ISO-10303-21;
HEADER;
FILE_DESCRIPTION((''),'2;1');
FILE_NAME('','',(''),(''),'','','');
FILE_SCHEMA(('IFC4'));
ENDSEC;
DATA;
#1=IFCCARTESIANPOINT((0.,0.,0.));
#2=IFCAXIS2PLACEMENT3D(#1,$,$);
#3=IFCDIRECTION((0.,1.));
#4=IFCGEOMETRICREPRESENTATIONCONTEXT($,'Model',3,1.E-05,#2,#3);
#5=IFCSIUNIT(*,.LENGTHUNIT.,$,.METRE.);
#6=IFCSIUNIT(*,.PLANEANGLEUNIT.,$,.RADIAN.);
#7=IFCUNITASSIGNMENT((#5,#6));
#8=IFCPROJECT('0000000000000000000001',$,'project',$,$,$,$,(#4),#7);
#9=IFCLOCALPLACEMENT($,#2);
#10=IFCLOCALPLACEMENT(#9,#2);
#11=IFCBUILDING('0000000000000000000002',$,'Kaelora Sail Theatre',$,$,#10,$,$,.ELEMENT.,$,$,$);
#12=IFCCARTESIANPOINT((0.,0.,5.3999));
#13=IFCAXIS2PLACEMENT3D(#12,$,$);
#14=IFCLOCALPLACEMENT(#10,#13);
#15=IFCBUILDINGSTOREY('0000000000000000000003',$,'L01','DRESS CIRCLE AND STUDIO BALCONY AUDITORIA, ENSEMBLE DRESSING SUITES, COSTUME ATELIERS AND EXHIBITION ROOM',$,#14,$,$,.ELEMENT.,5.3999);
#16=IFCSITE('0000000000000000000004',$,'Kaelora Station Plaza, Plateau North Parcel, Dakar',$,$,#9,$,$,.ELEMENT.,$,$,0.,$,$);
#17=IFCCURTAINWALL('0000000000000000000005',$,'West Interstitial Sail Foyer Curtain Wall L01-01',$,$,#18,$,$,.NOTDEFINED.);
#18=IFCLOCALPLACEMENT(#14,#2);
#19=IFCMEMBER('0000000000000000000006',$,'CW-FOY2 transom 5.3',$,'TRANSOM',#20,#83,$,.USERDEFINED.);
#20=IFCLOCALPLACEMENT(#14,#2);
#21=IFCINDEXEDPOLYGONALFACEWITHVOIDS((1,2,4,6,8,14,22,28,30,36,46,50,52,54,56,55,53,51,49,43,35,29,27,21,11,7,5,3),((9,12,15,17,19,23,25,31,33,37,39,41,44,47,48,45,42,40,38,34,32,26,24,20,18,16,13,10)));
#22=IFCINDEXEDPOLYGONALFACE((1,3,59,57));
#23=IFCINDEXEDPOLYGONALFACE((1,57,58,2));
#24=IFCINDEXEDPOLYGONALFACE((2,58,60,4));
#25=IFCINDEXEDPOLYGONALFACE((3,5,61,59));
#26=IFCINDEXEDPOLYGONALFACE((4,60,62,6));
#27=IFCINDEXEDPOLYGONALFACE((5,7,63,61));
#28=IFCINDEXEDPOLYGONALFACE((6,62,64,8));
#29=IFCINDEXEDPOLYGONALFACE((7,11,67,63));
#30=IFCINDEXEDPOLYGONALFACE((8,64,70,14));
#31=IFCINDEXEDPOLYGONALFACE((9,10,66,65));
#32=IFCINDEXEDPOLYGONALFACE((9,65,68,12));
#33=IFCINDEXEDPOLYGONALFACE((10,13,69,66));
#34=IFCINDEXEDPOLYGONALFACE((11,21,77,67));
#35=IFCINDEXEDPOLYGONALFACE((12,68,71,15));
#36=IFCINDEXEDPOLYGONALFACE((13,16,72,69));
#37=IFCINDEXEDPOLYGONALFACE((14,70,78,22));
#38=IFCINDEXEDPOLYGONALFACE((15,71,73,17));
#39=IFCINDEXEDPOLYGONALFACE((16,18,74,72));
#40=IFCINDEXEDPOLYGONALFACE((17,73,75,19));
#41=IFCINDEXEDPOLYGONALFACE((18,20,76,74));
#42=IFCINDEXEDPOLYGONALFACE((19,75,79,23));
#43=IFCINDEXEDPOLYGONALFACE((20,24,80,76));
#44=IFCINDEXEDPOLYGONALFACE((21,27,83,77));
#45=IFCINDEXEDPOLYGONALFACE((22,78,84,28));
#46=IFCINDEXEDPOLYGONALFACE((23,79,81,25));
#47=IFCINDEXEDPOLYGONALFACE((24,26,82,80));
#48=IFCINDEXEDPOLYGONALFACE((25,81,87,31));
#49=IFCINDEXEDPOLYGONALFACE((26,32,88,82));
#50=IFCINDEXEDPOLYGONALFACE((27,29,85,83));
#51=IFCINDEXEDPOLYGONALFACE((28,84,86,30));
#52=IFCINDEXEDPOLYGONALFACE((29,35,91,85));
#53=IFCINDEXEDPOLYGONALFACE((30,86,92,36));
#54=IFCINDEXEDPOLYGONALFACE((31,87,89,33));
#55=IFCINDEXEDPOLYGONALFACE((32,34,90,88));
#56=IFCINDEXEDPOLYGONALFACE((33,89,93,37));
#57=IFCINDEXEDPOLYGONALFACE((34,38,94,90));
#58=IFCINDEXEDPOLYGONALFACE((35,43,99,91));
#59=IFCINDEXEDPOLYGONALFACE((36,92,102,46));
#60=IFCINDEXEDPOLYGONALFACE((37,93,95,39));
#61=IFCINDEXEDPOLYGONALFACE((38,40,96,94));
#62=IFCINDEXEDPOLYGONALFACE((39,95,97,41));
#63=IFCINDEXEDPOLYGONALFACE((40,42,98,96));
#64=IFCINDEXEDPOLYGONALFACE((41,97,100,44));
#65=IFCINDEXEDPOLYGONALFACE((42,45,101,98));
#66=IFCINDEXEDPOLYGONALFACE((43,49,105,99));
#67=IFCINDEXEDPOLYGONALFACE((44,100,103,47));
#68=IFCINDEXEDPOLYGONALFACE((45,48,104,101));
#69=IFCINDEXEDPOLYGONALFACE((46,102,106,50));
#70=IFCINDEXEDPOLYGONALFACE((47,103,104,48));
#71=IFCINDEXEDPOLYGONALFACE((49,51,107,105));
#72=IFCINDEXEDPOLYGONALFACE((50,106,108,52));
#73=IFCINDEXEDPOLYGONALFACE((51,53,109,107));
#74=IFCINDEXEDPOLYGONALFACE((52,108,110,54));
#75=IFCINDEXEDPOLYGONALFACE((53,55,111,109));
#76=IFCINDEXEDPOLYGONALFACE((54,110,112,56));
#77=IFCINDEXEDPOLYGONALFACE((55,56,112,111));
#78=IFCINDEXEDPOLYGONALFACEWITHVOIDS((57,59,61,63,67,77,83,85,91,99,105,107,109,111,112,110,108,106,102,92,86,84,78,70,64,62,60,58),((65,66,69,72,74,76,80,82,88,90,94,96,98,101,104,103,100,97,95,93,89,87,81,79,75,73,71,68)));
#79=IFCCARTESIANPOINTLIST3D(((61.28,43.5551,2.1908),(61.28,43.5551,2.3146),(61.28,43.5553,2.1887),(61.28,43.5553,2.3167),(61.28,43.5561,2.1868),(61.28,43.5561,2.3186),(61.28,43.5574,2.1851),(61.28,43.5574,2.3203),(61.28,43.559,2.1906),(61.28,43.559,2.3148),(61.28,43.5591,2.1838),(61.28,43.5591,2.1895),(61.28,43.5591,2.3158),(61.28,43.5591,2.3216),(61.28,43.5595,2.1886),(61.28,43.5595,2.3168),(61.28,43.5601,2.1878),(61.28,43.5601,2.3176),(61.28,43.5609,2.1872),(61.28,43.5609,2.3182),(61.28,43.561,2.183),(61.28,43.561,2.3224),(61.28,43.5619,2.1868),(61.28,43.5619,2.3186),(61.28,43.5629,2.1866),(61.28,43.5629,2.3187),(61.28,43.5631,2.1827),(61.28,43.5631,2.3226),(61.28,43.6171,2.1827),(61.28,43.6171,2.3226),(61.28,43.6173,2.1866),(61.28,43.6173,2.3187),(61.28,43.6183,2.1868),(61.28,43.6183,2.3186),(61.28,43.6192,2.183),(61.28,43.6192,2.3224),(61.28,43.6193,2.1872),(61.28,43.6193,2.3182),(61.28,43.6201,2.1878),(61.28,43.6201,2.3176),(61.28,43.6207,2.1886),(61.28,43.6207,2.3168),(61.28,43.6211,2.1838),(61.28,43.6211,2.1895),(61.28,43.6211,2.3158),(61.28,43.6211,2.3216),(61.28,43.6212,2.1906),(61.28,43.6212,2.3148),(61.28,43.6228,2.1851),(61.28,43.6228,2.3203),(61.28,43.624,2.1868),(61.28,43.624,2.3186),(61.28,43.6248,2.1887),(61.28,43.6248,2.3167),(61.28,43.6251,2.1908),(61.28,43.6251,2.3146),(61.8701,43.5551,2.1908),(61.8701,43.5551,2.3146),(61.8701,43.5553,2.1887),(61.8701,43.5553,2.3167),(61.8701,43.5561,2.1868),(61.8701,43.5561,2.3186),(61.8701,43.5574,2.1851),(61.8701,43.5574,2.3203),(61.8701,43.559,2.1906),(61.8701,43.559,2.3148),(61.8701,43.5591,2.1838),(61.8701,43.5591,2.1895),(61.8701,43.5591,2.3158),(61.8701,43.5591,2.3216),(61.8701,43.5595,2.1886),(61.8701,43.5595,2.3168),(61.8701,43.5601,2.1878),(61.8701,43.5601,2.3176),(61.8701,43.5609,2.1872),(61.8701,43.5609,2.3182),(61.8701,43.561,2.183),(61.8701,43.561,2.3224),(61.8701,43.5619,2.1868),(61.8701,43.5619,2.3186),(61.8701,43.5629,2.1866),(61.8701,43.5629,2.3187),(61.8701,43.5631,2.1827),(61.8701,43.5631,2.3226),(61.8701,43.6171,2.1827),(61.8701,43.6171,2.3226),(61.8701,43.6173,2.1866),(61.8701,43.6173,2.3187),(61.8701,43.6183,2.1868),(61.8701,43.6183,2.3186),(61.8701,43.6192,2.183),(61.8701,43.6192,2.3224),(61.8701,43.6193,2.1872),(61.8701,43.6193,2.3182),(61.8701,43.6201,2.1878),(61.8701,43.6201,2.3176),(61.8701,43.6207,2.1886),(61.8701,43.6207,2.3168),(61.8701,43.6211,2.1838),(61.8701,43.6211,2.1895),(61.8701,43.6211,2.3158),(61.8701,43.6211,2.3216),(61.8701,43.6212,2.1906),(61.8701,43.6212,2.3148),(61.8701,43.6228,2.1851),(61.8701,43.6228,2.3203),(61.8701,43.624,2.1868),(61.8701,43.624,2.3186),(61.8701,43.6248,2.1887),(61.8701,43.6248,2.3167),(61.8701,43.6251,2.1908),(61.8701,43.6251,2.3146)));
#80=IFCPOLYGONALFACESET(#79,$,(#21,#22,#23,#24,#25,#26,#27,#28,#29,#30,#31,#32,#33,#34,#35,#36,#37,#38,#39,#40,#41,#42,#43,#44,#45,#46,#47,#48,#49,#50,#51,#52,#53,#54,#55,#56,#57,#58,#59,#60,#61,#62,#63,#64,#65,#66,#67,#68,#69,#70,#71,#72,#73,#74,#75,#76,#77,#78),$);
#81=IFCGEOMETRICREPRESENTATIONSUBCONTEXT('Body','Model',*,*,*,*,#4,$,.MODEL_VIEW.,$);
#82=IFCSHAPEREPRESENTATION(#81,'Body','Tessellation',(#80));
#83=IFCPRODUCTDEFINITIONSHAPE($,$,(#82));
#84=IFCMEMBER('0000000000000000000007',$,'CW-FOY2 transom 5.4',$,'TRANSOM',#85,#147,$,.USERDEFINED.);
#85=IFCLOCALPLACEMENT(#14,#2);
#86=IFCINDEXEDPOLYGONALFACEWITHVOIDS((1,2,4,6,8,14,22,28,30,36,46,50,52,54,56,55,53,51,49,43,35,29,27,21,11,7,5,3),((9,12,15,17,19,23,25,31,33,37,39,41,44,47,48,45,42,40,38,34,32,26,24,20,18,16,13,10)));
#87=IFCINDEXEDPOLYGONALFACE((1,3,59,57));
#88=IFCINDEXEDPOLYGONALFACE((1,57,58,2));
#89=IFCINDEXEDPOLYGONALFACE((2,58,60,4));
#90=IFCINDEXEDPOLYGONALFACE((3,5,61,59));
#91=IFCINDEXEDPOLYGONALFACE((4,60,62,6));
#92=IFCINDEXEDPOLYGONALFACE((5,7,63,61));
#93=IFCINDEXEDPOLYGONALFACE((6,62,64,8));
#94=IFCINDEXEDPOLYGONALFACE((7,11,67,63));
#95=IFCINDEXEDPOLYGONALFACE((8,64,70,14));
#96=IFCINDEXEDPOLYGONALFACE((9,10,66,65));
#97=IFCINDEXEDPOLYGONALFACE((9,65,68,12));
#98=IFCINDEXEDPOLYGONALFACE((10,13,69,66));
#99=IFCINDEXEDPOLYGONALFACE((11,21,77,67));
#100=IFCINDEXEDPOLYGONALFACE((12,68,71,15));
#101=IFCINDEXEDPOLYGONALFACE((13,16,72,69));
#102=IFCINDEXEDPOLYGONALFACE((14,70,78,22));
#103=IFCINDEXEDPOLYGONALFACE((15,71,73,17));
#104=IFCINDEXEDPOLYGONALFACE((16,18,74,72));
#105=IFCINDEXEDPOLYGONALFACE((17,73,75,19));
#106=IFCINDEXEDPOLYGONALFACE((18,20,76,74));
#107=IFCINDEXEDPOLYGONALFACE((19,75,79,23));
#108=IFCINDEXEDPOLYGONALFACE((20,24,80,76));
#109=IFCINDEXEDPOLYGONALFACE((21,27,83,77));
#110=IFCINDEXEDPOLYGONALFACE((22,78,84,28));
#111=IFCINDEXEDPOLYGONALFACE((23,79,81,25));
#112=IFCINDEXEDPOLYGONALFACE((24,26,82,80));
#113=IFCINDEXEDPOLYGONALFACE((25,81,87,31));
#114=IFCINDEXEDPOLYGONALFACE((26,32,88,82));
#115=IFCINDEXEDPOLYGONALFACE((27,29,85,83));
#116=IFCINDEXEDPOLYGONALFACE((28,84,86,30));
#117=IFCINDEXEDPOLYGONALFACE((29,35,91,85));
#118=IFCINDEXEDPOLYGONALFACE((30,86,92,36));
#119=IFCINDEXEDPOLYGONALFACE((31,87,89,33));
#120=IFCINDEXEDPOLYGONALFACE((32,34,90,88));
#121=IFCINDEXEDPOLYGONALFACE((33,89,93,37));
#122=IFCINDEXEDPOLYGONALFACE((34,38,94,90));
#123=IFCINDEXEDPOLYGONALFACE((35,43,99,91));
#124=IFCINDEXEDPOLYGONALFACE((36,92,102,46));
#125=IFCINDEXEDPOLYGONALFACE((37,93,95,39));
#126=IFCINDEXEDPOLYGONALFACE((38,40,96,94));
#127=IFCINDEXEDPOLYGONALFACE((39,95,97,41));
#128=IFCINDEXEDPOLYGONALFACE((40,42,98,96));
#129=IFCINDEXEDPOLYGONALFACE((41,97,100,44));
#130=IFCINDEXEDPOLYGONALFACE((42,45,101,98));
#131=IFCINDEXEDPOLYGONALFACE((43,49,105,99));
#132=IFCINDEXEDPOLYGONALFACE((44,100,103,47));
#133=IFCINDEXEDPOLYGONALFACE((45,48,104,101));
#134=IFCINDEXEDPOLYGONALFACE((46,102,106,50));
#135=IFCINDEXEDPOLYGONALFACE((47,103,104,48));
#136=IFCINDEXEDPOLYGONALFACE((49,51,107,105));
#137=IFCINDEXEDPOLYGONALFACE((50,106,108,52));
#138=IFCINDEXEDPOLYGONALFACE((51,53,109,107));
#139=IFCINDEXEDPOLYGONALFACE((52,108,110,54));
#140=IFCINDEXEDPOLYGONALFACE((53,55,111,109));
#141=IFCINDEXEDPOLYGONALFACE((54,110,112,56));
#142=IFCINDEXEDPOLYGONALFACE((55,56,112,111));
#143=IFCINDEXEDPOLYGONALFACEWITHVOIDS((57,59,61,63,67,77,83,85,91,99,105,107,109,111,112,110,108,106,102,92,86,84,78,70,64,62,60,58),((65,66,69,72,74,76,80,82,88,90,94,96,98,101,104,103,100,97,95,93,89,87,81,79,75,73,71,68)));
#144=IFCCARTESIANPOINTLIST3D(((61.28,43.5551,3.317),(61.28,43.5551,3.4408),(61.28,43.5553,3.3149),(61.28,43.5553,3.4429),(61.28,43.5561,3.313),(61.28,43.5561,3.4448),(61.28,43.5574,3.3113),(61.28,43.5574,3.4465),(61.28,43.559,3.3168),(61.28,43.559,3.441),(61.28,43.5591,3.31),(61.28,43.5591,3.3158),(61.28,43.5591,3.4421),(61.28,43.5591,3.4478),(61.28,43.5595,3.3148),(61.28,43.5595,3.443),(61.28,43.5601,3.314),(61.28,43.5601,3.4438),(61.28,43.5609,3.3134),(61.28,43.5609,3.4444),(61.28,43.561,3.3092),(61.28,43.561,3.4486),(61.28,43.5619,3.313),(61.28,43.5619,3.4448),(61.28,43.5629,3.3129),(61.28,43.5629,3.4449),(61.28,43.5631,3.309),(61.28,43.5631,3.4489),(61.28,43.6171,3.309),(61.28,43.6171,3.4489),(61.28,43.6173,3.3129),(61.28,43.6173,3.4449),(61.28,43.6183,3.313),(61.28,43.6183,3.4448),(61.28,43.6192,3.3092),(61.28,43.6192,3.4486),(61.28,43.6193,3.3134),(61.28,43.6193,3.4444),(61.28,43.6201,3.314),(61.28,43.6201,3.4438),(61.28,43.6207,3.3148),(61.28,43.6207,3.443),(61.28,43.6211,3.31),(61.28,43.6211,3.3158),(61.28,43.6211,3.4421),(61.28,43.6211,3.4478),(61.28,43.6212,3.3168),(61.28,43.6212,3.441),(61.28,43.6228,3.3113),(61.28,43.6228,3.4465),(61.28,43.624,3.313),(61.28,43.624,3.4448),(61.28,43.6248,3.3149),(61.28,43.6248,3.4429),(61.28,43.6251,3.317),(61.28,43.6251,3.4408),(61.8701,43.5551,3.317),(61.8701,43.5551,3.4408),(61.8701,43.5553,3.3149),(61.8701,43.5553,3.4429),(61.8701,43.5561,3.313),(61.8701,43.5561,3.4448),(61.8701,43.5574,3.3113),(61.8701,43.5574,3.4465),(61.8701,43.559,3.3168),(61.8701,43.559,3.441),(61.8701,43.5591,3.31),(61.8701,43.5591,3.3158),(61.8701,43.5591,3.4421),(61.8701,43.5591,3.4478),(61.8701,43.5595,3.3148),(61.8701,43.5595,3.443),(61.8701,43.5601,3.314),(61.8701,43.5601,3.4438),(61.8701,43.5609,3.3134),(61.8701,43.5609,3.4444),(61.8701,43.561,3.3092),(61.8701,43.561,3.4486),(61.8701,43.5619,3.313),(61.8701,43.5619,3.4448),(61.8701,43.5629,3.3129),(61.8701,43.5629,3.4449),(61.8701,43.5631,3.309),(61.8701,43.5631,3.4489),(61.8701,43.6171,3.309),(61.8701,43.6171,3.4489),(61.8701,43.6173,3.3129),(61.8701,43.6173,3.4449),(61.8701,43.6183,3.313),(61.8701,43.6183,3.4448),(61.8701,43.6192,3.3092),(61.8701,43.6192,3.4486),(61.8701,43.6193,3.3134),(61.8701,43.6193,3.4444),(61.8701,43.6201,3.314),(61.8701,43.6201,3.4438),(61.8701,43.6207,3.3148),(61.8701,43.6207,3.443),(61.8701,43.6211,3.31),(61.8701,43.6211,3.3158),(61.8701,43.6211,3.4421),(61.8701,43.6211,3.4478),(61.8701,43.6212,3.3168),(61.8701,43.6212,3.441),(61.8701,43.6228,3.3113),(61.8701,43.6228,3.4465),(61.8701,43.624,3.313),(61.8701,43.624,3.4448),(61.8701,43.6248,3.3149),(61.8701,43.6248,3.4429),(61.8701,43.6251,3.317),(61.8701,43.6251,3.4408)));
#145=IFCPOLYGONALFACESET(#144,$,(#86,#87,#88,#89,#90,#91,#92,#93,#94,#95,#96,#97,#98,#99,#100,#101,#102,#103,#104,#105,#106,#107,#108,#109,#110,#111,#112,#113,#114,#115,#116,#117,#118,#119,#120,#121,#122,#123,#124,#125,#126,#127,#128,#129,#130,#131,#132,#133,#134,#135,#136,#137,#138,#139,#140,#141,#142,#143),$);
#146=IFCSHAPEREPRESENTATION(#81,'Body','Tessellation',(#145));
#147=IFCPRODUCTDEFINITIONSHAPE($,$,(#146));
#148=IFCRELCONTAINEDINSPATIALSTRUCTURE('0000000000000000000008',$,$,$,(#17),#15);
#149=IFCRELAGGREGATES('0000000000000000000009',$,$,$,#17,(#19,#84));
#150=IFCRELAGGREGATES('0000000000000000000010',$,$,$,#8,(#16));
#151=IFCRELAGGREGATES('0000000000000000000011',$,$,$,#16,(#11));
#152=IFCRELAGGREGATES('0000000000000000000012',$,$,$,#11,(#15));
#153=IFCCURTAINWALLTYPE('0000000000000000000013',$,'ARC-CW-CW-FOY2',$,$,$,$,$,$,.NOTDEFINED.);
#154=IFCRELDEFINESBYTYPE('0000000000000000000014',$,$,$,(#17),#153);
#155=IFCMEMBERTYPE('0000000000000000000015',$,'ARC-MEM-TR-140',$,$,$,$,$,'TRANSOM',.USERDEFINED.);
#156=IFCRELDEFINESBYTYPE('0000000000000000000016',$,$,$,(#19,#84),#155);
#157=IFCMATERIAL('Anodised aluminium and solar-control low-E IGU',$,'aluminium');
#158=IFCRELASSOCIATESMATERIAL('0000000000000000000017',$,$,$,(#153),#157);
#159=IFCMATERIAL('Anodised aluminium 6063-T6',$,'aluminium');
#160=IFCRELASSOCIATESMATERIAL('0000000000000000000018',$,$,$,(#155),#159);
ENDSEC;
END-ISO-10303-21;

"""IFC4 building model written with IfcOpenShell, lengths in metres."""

from ifc_helpers import new_model, si_unit, direction, frame, origin, origin_2d, place, context, subcontext, project, spatial, hollow_rectangle, extrude, material, material_profile, profile_set, type_object, element, aggregate, save


model = new_model("IFC4")

# Units and contexts
model_context = context("Model", 3, precision=1e-05, world=origin(), true_north=direction((0.0, 1.0)))
body_context = subcontext(model_context, "Body", "Model", "MODEL_VIEW")
ifc_project = project(units=[si_unit("LENGTHUNIT", "METRE"), si_unit("PLANEANGLEUNIT", "RADIAN")], contexts=[model_context])

# Site, building, storey
site_placement = place(None, origin())
site = spatial("IfcSite", under=ifc_project, at=site_placement, Name="Kaelora Station Plaza, Plateau North Parcel, Dakar", CompositionType="ELEMENT", RefElevation=0.0)
building_placement = place(site_placement, origin())
building = spatial("IfcBuilding", under=site, at=building_placement, Name="Kaelora Sail Theatre", CompositionType="ELEMENT")
storey_placement = place(building_placement, frame((0.0, 0.0, 5.3999)))
storey = spatial("IfcBuildingStorey", under=building, at=storey_placement, Name="L01", Description="DRESS CIRCLE AND STUDIO BALCONY AUDITORIA, ENSEMBLE DRESSING SUITES, COSTUME ATELIERS AND EXHIBITION ROOM", CompositionType="ELEMENT", Elevation=5.3999)

# Curtain wall, members
ifc_material_1 = material(Name="Anodised aluminium and solar-control low-E IGU", Category="aluminium")
curtain_wall_type = type_object("IfcCurtainWallType", Name="ARC-CW-CW-FOY2", PredefinedType="NOTDEFINED", material=ifc_material_1)
curtain_wall_placement = place(storey_placement, origin())
curtain_wall = element("IfcCurtainWall", 1, at=curtain_wall_placement, inside=storey, type_object=curtain_wall_type, Name="West Interstitial Sail Foyer Curtain Wall L01-01", PredefinedType="NOTDEFINED")
ifc_material_2 = material(Name="Anodised aluminium 6063-T6", Category="aluminium")
ifc_material_profile_1 = material_profile(ifc_material_2, hollow_rectangle(XDim=0.0701, YDim=0.1399, WallThickness=0.0039, InnerFilletRadius=0.0039, OuterFilletRadius=0.0081, at=origin_2d()), Name="ALU-TRAN 70x140x4")
ifc_profile_set_1 = profile_set([ifc_material_profile_1], Name="Anodised aluminium 6063-T6")
member_type_1 = type_object("IfcMemberType", Name="ARC-MEM-TR-140", ElementType="TRANSOM", PredefinedType="USERDEFINED", material=ifc_profile_set_1)
member_1_placement = place(storey_placement, frame((61.28, 43.5901, 2.2527), z_axis=(1.0, 0.0, 0.0), x_axis=(0.0, 1.0, 0.0)))
member_1 = element("IfcMember", 2, at=member_1_placement, type_object=member_type_1, Name="CW-FOY2 transom 5.3", ObjectType="TRANSOM", PredefinedType="USERDEFINED", context=body_context, shape_type="SweptSolid", body=[
    extrude(hollow_rectangle(XDim=0.0701, YDim=0.1399, WallThickness=0.0039, InnerFilletRadius=0.0039, OuterFilletRadius=0.0081, at=origin_2d()), origin(), (0.0, 0.0, 1.0), 0.5901),
])
member_2_placement = place(storey_placement, frame((61.28, 43.5901, 3.3789), z_axis=(1.0, 0.0, 0.0), x_axis=(0.0, 1.0, 0.0)))
member_2 = element("IfcMember", 3, at=member_2_placement, type_object=member_type_1, Name="CW-FOY2 transom 5.4", ObjectType="TRANSOM", PredefinedType="USERDEFINED", context=body_context, shape_type="SweptSolid", body=[
    extrude(hollow_rectangle(XDim=0.0701, YDim=0.1399, WallThickness=0.0039, InnerFilletRadius=0.0039, OuterFilletRadius=0.0081, at=origin_2d()), origin(), (0.0, 0.0, 1.0), 0.5901),
])

aggregate(curtain_wall, [member_1, member_2])

save(model, "model.ifc")
